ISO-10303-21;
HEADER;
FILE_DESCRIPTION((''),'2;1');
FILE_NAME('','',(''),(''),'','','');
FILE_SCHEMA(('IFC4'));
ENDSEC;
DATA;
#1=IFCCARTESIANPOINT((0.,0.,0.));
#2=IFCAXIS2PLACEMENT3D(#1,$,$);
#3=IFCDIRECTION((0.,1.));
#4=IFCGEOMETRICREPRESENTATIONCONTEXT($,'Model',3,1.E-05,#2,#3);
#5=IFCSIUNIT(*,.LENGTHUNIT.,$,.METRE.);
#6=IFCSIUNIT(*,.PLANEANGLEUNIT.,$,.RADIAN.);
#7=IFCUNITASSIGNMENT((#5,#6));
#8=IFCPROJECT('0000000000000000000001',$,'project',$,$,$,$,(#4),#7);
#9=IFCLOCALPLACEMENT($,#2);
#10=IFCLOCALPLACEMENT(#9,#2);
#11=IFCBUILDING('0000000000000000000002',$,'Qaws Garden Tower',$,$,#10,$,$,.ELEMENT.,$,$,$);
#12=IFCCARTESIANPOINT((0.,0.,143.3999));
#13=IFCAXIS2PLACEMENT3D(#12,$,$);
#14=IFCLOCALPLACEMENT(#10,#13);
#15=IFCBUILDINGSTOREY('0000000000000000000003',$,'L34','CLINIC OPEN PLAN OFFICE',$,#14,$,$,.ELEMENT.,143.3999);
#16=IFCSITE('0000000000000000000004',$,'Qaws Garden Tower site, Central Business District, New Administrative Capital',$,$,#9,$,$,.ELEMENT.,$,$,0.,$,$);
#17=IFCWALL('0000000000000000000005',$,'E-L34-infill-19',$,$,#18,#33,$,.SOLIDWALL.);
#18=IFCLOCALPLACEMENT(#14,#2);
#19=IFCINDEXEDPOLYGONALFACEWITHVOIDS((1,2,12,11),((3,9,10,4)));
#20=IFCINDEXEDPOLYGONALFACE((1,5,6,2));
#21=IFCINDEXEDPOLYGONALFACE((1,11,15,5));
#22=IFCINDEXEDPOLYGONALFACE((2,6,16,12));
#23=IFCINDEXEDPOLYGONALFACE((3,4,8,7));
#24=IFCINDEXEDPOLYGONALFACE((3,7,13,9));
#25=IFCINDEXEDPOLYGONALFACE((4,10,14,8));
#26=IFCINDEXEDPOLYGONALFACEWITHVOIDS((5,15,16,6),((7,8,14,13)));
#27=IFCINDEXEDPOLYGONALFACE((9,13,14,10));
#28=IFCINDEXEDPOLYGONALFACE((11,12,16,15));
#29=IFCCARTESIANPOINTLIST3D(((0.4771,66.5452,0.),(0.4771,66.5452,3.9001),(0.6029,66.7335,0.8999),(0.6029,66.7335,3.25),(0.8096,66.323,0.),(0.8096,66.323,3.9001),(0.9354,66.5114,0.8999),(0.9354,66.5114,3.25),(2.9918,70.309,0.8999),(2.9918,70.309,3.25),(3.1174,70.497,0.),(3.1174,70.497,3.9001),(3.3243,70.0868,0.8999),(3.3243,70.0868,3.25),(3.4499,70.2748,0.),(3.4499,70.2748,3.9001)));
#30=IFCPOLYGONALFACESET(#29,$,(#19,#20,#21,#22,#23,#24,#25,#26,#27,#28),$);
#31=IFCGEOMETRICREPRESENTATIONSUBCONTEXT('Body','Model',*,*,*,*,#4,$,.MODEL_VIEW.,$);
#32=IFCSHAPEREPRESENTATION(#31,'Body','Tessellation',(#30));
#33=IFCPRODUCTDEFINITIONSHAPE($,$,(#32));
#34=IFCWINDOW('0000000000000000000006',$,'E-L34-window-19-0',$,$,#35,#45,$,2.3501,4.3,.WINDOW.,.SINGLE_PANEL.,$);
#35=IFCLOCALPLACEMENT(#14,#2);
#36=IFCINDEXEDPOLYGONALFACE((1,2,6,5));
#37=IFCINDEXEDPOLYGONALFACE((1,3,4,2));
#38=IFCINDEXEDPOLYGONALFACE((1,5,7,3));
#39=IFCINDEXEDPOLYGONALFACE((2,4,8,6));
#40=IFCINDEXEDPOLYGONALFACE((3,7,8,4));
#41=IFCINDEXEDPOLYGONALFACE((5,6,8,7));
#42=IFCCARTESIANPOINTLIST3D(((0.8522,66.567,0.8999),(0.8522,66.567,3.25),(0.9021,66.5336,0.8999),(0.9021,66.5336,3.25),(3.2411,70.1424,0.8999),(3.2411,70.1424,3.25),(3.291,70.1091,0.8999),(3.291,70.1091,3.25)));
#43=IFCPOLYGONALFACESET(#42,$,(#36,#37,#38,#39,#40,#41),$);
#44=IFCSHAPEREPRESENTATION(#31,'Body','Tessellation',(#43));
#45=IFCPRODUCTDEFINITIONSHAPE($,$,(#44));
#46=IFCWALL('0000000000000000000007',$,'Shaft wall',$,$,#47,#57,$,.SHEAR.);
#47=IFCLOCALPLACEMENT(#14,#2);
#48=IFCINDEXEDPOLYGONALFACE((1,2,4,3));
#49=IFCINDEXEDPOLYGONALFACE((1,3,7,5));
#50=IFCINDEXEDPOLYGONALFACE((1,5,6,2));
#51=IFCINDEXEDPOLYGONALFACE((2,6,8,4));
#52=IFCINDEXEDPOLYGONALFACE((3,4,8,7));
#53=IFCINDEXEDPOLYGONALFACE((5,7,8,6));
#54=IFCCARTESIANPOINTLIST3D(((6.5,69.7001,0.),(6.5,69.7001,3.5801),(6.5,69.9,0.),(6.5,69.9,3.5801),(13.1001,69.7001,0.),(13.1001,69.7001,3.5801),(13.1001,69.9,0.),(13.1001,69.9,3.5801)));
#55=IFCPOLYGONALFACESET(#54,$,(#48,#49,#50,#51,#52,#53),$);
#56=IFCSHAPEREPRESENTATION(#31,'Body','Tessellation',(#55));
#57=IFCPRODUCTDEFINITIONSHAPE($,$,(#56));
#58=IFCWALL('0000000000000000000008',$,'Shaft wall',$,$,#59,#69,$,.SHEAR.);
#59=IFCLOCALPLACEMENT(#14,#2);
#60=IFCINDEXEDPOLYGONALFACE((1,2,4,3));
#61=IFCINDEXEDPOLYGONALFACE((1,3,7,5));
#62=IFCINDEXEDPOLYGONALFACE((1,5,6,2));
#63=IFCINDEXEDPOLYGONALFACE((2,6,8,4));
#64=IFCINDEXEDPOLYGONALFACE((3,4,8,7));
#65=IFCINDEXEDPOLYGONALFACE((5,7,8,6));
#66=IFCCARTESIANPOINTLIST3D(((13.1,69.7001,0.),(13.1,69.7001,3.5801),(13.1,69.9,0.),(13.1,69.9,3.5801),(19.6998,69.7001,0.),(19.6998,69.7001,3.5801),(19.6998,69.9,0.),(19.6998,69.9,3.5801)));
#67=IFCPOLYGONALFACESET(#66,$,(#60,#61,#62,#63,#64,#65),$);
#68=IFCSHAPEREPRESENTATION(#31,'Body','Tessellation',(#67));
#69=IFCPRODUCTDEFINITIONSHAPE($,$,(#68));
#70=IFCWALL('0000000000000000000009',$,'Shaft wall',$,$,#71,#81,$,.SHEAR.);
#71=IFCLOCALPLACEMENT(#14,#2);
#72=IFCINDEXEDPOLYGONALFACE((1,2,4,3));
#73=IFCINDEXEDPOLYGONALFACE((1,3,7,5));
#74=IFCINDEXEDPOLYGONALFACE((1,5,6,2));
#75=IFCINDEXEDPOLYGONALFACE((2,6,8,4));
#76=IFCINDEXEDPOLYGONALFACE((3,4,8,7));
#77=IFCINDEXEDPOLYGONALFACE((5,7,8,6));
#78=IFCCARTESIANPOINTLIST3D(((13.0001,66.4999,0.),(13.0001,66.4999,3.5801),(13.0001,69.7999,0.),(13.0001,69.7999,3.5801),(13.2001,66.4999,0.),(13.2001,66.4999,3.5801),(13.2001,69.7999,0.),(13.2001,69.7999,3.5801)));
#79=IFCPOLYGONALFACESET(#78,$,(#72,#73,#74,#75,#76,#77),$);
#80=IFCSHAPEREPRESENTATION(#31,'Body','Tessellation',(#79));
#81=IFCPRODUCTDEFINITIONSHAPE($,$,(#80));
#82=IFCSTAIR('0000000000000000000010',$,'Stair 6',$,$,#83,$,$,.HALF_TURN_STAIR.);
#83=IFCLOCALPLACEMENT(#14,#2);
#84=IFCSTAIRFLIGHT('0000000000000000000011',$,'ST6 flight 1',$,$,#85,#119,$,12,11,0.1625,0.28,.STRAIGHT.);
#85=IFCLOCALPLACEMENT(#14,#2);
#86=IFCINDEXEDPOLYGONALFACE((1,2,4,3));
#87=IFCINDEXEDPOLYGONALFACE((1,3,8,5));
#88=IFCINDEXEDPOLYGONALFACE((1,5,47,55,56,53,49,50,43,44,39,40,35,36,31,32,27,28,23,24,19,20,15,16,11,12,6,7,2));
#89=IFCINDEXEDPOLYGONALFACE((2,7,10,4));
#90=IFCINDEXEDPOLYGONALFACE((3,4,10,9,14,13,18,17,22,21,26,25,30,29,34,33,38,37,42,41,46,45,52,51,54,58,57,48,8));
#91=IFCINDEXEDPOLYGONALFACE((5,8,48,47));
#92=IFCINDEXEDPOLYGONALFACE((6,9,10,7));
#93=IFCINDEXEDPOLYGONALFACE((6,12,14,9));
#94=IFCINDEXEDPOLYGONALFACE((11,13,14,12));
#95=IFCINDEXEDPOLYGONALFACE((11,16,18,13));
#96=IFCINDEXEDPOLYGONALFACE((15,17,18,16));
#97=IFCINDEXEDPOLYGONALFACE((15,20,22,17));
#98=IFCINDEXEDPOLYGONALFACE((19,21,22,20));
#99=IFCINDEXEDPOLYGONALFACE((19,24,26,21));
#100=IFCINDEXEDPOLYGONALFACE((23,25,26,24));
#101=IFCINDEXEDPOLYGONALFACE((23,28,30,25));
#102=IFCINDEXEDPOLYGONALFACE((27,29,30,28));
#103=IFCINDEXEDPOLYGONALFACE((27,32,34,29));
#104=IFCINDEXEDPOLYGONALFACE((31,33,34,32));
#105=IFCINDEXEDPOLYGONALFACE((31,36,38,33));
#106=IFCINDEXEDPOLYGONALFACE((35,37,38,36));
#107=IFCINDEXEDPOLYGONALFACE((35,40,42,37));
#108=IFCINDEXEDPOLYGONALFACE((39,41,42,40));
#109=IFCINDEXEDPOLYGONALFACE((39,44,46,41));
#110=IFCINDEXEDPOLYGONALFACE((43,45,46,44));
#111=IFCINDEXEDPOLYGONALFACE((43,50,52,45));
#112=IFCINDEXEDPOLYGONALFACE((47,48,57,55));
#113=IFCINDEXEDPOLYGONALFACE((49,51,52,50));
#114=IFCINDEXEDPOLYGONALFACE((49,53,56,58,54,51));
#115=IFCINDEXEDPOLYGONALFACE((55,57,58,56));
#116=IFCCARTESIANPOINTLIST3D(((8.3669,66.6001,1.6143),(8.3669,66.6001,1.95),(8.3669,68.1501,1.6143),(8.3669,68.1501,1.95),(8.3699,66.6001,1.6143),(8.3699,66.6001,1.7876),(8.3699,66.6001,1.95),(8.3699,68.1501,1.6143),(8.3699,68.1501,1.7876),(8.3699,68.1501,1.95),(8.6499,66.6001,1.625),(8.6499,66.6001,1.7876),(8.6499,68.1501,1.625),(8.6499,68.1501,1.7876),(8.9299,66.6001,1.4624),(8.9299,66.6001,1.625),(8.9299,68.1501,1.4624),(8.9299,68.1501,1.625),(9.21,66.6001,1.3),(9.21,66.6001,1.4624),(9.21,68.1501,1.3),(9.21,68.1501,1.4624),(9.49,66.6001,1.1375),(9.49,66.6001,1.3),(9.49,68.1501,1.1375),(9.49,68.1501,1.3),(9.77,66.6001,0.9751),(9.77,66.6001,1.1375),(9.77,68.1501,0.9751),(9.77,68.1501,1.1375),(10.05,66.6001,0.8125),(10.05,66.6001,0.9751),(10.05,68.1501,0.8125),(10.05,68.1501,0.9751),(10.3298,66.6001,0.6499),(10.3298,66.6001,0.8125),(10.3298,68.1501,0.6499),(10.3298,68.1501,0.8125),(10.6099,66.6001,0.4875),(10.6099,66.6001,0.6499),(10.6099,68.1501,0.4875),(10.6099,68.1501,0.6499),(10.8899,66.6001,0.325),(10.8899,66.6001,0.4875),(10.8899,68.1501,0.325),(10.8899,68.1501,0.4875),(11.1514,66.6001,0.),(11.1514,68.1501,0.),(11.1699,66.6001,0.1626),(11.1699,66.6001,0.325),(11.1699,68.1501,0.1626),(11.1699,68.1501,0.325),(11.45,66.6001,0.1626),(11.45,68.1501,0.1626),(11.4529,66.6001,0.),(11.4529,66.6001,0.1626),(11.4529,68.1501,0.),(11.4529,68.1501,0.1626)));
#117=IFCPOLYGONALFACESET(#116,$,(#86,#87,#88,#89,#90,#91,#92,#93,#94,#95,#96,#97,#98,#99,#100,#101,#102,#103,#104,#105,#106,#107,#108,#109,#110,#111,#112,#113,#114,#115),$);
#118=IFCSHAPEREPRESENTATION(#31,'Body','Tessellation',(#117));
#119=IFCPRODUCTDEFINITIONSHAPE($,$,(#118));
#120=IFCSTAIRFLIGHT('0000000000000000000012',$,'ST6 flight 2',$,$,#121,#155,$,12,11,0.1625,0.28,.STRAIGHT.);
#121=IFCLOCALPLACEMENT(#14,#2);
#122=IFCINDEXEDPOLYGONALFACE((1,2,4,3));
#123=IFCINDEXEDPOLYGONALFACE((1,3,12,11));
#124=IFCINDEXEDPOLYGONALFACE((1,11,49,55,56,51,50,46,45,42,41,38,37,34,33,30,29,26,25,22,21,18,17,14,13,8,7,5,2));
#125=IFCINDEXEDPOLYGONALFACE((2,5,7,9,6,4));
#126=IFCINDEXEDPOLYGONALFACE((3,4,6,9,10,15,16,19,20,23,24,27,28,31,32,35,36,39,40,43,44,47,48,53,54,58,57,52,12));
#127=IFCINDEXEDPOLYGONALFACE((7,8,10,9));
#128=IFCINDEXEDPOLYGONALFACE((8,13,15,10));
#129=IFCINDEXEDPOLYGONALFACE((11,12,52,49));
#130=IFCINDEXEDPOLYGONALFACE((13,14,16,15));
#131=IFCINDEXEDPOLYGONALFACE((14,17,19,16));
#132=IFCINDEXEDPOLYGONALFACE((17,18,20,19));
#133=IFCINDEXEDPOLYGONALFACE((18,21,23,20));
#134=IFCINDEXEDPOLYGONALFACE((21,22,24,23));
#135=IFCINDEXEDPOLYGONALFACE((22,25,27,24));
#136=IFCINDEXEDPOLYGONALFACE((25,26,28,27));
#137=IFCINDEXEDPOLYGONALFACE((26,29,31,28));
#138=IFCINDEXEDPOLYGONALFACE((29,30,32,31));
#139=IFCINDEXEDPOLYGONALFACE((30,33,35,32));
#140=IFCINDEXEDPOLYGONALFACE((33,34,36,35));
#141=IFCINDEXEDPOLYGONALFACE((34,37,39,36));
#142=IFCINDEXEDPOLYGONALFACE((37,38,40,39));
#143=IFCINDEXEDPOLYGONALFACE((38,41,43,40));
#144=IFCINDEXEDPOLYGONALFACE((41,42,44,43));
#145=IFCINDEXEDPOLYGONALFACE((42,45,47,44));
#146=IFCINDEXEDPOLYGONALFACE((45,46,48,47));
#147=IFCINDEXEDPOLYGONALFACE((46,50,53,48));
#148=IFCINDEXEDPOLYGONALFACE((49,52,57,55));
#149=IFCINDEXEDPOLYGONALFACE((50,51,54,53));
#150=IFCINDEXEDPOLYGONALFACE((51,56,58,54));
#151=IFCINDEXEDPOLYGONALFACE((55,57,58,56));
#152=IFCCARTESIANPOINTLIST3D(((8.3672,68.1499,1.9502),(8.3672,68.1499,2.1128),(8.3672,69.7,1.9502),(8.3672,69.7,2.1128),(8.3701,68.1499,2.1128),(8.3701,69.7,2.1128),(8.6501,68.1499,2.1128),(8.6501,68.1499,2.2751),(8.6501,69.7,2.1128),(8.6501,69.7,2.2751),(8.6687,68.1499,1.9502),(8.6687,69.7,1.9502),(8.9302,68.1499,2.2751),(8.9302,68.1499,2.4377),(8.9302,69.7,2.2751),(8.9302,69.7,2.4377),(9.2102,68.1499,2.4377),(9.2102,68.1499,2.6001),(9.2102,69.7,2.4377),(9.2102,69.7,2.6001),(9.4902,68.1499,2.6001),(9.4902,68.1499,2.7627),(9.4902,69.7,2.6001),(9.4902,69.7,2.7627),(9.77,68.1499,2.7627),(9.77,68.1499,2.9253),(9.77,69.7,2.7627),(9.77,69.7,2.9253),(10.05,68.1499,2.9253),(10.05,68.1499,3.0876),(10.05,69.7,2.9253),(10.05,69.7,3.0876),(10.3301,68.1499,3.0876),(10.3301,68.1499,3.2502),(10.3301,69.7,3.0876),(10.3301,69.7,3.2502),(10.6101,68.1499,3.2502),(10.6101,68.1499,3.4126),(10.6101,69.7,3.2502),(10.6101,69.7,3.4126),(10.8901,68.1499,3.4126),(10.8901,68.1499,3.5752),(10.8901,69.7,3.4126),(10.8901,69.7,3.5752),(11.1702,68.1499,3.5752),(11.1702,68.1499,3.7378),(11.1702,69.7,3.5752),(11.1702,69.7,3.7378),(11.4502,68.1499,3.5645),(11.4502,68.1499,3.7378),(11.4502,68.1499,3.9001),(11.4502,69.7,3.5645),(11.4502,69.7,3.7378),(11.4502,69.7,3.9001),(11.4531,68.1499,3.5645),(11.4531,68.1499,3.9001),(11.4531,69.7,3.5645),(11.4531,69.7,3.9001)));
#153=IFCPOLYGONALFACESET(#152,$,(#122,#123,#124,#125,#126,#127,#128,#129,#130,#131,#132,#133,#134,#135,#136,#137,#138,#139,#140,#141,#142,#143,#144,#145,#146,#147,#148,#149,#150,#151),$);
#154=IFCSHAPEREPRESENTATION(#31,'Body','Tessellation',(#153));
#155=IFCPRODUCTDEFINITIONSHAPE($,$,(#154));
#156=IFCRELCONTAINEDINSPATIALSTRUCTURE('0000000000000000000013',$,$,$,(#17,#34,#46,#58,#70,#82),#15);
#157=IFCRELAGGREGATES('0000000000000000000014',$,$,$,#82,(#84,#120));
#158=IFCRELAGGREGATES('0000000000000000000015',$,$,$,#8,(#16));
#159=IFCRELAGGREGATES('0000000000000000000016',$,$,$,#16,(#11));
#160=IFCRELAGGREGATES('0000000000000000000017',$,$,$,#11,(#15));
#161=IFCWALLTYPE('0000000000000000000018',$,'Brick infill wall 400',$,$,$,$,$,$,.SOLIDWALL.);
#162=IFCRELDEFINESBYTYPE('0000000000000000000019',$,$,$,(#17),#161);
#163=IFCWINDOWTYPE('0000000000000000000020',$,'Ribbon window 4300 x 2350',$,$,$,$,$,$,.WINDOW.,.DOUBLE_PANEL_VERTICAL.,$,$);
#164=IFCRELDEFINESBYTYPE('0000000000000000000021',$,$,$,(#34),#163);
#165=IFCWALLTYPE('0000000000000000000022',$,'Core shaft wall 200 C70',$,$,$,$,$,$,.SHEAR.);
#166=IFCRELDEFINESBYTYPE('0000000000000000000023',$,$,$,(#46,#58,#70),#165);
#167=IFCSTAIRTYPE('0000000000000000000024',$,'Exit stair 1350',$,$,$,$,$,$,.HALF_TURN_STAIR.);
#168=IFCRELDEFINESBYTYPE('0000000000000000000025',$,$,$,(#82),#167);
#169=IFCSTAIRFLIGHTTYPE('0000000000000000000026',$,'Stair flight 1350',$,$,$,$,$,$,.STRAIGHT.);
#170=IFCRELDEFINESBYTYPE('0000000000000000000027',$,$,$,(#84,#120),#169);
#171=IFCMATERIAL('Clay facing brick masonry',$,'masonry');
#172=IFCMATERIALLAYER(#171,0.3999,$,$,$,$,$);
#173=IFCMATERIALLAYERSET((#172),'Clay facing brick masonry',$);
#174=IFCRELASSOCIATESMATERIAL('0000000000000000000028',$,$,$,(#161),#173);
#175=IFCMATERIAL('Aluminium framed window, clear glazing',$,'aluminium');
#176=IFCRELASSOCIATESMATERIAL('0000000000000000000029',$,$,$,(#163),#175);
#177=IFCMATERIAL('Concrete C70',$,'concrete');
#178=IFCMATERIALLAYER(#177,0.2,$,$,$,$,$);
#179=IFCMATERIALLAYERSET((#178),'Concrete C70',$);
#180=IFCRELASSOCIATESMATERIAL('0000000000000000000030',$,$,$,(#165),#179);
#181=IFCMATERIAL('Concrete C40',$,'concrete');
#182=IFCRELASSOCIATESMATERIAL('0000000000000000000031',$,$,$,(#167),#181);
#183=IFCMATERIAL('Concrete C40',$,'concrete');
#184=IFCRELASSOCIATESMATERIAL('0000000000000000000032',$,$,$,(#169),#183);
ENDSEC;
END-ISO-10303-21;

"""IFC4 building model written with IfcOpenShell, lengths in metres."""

from ifc_helpers import new_model, si_unit, direction, frame, frame_2d, origin, place, context, subcontext, project, spatial, polyline, rectangle, outline, extrude, material, layer, layer_set, type_object, element, fill, aggregate, save


model = new_model("IFC4")

# Units and contexts
model_context = context("Model", 3, precision=1e-05, world=origin(), true_north=direction((0.0, 1.0)))
body_context = subcontext(model_context, "Body", "Model", "MODEL_VIEW")
ifc_project = project(units=[si_unit("LENGTHUNIT", "METRE"), si_unit("PLANEANGLEUNIT", "RADIAN")], contexts=[model_context])

# Site, building, storey
site_placement = place(None, origin())
site = spatial("IfcSite", under=ifc_project, at=site_placement, Name="Qaws Garden Tower site, Central Business District, New Administrative Capital", CompositionType="ELEMENT", RefElevation=0.0)
building_placement = place(site_placement, origin())
building = spatial("IfcBuilding", under=site, at=building_placement, Name="Qaws Garden Tower", CompositionType="ELEMENT")
storey_placement = place(building_placement, frame((0.0, 0.0, 143.3999)))
storey = spatial("IfcBuildingStorey", under=building, at=storey_placement, Name="L34", Description="CLINIC OPEN PLAN OFFICE", CompositionType="ELEMENT", Elevation=143.3999)

# Wall, opening, window
ifc_material_1 = material(Name="Clay facing brick masonry", Category="masonry")
ifc_layer_1 = layer(ifc_material_1, 0.3999)
ifc_layer_set_1 = layer_set([ifc_layer_1], Name="Clay facing brick masonry")
wall_type_1 = type_object("IfcWallType", Name="Brick infill wall 400", PredefinedType="SOLIDWALL", material=ifc_layer_set_1)
ifc_material_2 = material(Name="Aluminium framed window, clear glazing", Category="aluminium")
window_type = type_object("IfcWindowType", Name="Ribbon window 4300 x 2350", PartitioningType="DOUBLE_PANEL_VERTICAL", PredefinedType="WINDOW", material=ifc_material_2)
wall_1_placement = place(storey_placement, frame((3.2837, 70.386, 0.0), z_axis=(0.0, 0.0, 1.0), x_axis=(-0.555542, -0.831489, 0.0)))
wall_1 = element("IfcWall", 1, at=wall_1_placement, inside=storey, type_object=wall_type_1, Name="E-L34-infill-19", PredefinedType="SOLIDWALL", context=body_context, shape_type="SweptSolid", body=[
    extrude(rectangle(XDim=4.7527, YDim=0.3999, at=frame_2d((2.3765, 0.0))), origin(), (0.0, 0.0, 1.0), 3.9001),
])
opening_1_placement = place(wall_1_placement, frame((0.2263, 0.0, 0.8999)))
opening_1 = element("IfcOpeningElement", 2, at=opening_1_placement, cuts=wall_1, PredefinedType="OPENING", context=body_context, shape_type="SweptSolid", body=[
    extrude(rectangle(XDim=4.3, YDim=2.3501, at=frame_2d((2.1499, 1.175))), frame((0.0, 0.21, 0.0), z_axis=(0.0, -1.0, 0.0), x_axis=(1.0, 0.0, 0.0)), (0.0, 0.0, 1.0), 0.4199),
])
window_1_placement = place(opening_1_placement, origin())
window_1 = element("IfcWindow", 3, at=window_1_placement, inside=storey, type_object=window_type, Name="E-L34-window-19-0", OverallHeight=2.3501, OverallWidth=4.3, PartitioningType="SINGLE_PANEL", PredefinedType="WINDOW", context=body_context, shape_type="SweptSolid", body=[
    extrude(rectangle(XDim=4.3, YDim=2.3501, at=frame_2d((2.1499, 1.175))), frame((0.0, 0.1599, 0.0), z_axis=(0.0, -1.0, 0.0), x_axis=(1.0, 0.0, 0.0)), (0.0, 0.0, 1.0), 0.0601),
])
fill(opening_1, window_1)

# Walls
ifc_material_3 = material(Name="Concrete C70", Category="concrete")
ifc_layer_2 = layer(ifc_material_3, 0.2)
ifc_layer_set_2 = layer_set([ifc_layer_2], Name="Concrete C70")
wall_type_2 = type_object("IfcWallType", Name="Core shaft wall 200 C70", PredefinedType="SHEAR", material=ifc_layer_set_2)
wall_2_placement = place(storey_placement, frame((6.5, 69.8, 0.0), z_axis=(0.0, 0.0, 1.0), x_axis=(1.0, 0.0, 0.0)))
element("IfcWall", 4, at=wall_2_placement, inside=storey, type_object=wall_type_2, Name="Shaft wall", PredefinedType="SHEAR", context=body_context, shape_type="SweptSolid", body=[
    extrude(rectangle(XDim=6.6001, YDim=0.2, at=frame_2d((3.3, 0.0))), origin(), (0.0, 0.0, 1.0), 3.5801),
])
wall_3_placement = place(storey_placement, frame((13.1001, 69.8, 0.0), z_axis=(0.0, 0.0, 1.0), x_axis=(1.0, 0.0, 0.0)))
element("IfcWall", 5, at=wall_3_placement, inside=storey, type_object=wall_type_2, Name="Shaft wall", PredefinedType="SHEAR", context=body_context, shape_type="SweptSolid", body=[
    extrude(rectangle(XDim=6.5999, YDim=0.2, at=frame_2d((3.2998, 0.0))), origin(), (0.0, 0.0, 1.0), 3.5801),
])
wall_4_placement = place(storey_placement, frame((13.1001, 66.5, 0.0), z_axis=(0.0, 0.0, 1.0), x_axis=(0.0, 1.0, 0.0)))
element("IfcWall", 6, at=wall_4_placement, inside=storey, type_object=wall_type_2, Name="Shaft wall", PredefinedType="SHEAR", context=body_context, shape_type="SweptSolid", body=[
    extrude(rectangle(XDim=3.3, YDim=0.2, at=frame_2d((1.6499, 0.0))), origin(), (0.0, 0.0, 1.0), 3.5801),
])

# Stair, stair flights
ifc_material_4 = material(Name="Concrete C40", Category="concrete")
stair_type = type_object("IfcStairType", Name="Exit stair 1350", PredefinedType="HALF_TURN_STAIR", material=ifc_material_4)
placement = place(storey_placement, origin())
stair_1 = element("IfcStair", 7, at=placement, inside=storey, type_object=stair_type, Name="Stair 6", PredefinedType="HALF_TURN_STAIR")
ifc_material_5 = material(Name="Concrete C40", Category="concrete")
stair_flight_type = type_object("IfcStairFlightType", Name="Stair flight 1350", PredefinedType="STRAIGHT", material=ifc_material_5)
stair_flight_1_placement = place(storey_placement, frame((11.45, 67.375, 0.0), z_axis=(0.0, 0.0, 1.0), x_axis=(-1.0, 0.0, 0.0)))
stair_flight_1 = element("IfcStairFlight", 8, at=stair_flight_1_placement, type_object=stair_flight_type, Name="ST6 flight 1", NumberOfRisers=12, NumberOfTreads=11, PredefinedType="STRAIGHT", RiserHeight=0.1625, TreadLength=0.28, context=body_context, shape_type="SweptSolid", body=[
    extrude(outline(polyline([(-0.0029, 0.0), (-0.0029, 0.1626), (0.0, 0.1626), (0.28, 0.1626), (0.28, 0.325), (0.5601, 0.325), (0.5601, 0.4875), (0.8401, 0.4875), (0.8401, 0.6499), (1.1201, 0.6499), (1.1201, 0.8125), (1.3999, 0.8125), (1.3999, 0.9751), (1.6799, 0.9751), (1.6799, 1.1375), (1.96, 1.1375), (1.96, 1.3), (2.24, 1.3), (2.24, 1.4624), (2.52, 1.4624), (2.52, 1.625), (2.8, 1.625), (2.8, 1.7876), (3.0801, 1.7876), (3.0801, 1.95), (3.083, 1.95), (3.083, 1.6143), (3.0801, 1.6143), (0.2986, 0.0), (-0.0029, 0.0)])), frame((0.0, 0.7749, 0.0), z_axis=(0.0, -1.0, 0.0), x_axis=(1.0, 0.0, 0.0)), (0.0, 0.0, 1.0), 1.55),
])
stair_flight_2_placement = place(storey_placement, frame((8.3701, 68.925, 1.9502), z_axis=(0.0, 0.0, 1.0), x_axis=(1.0, 0.0, 0.0)))
stair_flight_2 = element("IfcStairFlight", 9, at=stair_flight_2_placement, type_object=stair_flight_type, Name="ST6 flight 2", NumberOfRisers=12, NumberOfTreads=11, PredefinedType="STRAIGHT", RiserHeight=0.1625, TreadLength=0.28, context=body_context, shape_type="SweptSolid", body=[
    extrude(outline(polyline([(-0.0029, 0.0), (-0.0029, 0.1626), (0.0, 0.1626), (0.28, 0.1626), (0.28, 0.325), (0.5601, 0.325), (0.5601, 0.4875), (0.8401, 0.4875), (0.8401, 0.6499), (1.1201, 0.6499), (1.1201, 0.8125), (1.3999, 0.8125), (1.3999, 0.9751), (1.6799, 0.9751), (1.6799, 1.1375), (1.96, 1.1375), (1.96, 1.3), (2.24, 1.3), (2.24, 1.4624), (2.52, 1.4624), (2.52, 1.625), (2.8, 1.625), (2.8, 1.7876), (3.0801, 1.7876), (3.0801, 1.95), (3.083, 1.95), (3.083, 1.6143), (3.0801, 1.6143), (0.2986, 0.0), (-0.0029, 0.0)])), frame((0.0, 0.7749, 0.0), z_axis=(0.0, -1.0, 0.0), x_axis=(1.0, 0.0, 0.0)), (0.0, 0.0, 1.0), 1.55),
])
aggregate(stair_1, [stair_flight_1, stair_flight_2])

save(model, "model.ifc")
